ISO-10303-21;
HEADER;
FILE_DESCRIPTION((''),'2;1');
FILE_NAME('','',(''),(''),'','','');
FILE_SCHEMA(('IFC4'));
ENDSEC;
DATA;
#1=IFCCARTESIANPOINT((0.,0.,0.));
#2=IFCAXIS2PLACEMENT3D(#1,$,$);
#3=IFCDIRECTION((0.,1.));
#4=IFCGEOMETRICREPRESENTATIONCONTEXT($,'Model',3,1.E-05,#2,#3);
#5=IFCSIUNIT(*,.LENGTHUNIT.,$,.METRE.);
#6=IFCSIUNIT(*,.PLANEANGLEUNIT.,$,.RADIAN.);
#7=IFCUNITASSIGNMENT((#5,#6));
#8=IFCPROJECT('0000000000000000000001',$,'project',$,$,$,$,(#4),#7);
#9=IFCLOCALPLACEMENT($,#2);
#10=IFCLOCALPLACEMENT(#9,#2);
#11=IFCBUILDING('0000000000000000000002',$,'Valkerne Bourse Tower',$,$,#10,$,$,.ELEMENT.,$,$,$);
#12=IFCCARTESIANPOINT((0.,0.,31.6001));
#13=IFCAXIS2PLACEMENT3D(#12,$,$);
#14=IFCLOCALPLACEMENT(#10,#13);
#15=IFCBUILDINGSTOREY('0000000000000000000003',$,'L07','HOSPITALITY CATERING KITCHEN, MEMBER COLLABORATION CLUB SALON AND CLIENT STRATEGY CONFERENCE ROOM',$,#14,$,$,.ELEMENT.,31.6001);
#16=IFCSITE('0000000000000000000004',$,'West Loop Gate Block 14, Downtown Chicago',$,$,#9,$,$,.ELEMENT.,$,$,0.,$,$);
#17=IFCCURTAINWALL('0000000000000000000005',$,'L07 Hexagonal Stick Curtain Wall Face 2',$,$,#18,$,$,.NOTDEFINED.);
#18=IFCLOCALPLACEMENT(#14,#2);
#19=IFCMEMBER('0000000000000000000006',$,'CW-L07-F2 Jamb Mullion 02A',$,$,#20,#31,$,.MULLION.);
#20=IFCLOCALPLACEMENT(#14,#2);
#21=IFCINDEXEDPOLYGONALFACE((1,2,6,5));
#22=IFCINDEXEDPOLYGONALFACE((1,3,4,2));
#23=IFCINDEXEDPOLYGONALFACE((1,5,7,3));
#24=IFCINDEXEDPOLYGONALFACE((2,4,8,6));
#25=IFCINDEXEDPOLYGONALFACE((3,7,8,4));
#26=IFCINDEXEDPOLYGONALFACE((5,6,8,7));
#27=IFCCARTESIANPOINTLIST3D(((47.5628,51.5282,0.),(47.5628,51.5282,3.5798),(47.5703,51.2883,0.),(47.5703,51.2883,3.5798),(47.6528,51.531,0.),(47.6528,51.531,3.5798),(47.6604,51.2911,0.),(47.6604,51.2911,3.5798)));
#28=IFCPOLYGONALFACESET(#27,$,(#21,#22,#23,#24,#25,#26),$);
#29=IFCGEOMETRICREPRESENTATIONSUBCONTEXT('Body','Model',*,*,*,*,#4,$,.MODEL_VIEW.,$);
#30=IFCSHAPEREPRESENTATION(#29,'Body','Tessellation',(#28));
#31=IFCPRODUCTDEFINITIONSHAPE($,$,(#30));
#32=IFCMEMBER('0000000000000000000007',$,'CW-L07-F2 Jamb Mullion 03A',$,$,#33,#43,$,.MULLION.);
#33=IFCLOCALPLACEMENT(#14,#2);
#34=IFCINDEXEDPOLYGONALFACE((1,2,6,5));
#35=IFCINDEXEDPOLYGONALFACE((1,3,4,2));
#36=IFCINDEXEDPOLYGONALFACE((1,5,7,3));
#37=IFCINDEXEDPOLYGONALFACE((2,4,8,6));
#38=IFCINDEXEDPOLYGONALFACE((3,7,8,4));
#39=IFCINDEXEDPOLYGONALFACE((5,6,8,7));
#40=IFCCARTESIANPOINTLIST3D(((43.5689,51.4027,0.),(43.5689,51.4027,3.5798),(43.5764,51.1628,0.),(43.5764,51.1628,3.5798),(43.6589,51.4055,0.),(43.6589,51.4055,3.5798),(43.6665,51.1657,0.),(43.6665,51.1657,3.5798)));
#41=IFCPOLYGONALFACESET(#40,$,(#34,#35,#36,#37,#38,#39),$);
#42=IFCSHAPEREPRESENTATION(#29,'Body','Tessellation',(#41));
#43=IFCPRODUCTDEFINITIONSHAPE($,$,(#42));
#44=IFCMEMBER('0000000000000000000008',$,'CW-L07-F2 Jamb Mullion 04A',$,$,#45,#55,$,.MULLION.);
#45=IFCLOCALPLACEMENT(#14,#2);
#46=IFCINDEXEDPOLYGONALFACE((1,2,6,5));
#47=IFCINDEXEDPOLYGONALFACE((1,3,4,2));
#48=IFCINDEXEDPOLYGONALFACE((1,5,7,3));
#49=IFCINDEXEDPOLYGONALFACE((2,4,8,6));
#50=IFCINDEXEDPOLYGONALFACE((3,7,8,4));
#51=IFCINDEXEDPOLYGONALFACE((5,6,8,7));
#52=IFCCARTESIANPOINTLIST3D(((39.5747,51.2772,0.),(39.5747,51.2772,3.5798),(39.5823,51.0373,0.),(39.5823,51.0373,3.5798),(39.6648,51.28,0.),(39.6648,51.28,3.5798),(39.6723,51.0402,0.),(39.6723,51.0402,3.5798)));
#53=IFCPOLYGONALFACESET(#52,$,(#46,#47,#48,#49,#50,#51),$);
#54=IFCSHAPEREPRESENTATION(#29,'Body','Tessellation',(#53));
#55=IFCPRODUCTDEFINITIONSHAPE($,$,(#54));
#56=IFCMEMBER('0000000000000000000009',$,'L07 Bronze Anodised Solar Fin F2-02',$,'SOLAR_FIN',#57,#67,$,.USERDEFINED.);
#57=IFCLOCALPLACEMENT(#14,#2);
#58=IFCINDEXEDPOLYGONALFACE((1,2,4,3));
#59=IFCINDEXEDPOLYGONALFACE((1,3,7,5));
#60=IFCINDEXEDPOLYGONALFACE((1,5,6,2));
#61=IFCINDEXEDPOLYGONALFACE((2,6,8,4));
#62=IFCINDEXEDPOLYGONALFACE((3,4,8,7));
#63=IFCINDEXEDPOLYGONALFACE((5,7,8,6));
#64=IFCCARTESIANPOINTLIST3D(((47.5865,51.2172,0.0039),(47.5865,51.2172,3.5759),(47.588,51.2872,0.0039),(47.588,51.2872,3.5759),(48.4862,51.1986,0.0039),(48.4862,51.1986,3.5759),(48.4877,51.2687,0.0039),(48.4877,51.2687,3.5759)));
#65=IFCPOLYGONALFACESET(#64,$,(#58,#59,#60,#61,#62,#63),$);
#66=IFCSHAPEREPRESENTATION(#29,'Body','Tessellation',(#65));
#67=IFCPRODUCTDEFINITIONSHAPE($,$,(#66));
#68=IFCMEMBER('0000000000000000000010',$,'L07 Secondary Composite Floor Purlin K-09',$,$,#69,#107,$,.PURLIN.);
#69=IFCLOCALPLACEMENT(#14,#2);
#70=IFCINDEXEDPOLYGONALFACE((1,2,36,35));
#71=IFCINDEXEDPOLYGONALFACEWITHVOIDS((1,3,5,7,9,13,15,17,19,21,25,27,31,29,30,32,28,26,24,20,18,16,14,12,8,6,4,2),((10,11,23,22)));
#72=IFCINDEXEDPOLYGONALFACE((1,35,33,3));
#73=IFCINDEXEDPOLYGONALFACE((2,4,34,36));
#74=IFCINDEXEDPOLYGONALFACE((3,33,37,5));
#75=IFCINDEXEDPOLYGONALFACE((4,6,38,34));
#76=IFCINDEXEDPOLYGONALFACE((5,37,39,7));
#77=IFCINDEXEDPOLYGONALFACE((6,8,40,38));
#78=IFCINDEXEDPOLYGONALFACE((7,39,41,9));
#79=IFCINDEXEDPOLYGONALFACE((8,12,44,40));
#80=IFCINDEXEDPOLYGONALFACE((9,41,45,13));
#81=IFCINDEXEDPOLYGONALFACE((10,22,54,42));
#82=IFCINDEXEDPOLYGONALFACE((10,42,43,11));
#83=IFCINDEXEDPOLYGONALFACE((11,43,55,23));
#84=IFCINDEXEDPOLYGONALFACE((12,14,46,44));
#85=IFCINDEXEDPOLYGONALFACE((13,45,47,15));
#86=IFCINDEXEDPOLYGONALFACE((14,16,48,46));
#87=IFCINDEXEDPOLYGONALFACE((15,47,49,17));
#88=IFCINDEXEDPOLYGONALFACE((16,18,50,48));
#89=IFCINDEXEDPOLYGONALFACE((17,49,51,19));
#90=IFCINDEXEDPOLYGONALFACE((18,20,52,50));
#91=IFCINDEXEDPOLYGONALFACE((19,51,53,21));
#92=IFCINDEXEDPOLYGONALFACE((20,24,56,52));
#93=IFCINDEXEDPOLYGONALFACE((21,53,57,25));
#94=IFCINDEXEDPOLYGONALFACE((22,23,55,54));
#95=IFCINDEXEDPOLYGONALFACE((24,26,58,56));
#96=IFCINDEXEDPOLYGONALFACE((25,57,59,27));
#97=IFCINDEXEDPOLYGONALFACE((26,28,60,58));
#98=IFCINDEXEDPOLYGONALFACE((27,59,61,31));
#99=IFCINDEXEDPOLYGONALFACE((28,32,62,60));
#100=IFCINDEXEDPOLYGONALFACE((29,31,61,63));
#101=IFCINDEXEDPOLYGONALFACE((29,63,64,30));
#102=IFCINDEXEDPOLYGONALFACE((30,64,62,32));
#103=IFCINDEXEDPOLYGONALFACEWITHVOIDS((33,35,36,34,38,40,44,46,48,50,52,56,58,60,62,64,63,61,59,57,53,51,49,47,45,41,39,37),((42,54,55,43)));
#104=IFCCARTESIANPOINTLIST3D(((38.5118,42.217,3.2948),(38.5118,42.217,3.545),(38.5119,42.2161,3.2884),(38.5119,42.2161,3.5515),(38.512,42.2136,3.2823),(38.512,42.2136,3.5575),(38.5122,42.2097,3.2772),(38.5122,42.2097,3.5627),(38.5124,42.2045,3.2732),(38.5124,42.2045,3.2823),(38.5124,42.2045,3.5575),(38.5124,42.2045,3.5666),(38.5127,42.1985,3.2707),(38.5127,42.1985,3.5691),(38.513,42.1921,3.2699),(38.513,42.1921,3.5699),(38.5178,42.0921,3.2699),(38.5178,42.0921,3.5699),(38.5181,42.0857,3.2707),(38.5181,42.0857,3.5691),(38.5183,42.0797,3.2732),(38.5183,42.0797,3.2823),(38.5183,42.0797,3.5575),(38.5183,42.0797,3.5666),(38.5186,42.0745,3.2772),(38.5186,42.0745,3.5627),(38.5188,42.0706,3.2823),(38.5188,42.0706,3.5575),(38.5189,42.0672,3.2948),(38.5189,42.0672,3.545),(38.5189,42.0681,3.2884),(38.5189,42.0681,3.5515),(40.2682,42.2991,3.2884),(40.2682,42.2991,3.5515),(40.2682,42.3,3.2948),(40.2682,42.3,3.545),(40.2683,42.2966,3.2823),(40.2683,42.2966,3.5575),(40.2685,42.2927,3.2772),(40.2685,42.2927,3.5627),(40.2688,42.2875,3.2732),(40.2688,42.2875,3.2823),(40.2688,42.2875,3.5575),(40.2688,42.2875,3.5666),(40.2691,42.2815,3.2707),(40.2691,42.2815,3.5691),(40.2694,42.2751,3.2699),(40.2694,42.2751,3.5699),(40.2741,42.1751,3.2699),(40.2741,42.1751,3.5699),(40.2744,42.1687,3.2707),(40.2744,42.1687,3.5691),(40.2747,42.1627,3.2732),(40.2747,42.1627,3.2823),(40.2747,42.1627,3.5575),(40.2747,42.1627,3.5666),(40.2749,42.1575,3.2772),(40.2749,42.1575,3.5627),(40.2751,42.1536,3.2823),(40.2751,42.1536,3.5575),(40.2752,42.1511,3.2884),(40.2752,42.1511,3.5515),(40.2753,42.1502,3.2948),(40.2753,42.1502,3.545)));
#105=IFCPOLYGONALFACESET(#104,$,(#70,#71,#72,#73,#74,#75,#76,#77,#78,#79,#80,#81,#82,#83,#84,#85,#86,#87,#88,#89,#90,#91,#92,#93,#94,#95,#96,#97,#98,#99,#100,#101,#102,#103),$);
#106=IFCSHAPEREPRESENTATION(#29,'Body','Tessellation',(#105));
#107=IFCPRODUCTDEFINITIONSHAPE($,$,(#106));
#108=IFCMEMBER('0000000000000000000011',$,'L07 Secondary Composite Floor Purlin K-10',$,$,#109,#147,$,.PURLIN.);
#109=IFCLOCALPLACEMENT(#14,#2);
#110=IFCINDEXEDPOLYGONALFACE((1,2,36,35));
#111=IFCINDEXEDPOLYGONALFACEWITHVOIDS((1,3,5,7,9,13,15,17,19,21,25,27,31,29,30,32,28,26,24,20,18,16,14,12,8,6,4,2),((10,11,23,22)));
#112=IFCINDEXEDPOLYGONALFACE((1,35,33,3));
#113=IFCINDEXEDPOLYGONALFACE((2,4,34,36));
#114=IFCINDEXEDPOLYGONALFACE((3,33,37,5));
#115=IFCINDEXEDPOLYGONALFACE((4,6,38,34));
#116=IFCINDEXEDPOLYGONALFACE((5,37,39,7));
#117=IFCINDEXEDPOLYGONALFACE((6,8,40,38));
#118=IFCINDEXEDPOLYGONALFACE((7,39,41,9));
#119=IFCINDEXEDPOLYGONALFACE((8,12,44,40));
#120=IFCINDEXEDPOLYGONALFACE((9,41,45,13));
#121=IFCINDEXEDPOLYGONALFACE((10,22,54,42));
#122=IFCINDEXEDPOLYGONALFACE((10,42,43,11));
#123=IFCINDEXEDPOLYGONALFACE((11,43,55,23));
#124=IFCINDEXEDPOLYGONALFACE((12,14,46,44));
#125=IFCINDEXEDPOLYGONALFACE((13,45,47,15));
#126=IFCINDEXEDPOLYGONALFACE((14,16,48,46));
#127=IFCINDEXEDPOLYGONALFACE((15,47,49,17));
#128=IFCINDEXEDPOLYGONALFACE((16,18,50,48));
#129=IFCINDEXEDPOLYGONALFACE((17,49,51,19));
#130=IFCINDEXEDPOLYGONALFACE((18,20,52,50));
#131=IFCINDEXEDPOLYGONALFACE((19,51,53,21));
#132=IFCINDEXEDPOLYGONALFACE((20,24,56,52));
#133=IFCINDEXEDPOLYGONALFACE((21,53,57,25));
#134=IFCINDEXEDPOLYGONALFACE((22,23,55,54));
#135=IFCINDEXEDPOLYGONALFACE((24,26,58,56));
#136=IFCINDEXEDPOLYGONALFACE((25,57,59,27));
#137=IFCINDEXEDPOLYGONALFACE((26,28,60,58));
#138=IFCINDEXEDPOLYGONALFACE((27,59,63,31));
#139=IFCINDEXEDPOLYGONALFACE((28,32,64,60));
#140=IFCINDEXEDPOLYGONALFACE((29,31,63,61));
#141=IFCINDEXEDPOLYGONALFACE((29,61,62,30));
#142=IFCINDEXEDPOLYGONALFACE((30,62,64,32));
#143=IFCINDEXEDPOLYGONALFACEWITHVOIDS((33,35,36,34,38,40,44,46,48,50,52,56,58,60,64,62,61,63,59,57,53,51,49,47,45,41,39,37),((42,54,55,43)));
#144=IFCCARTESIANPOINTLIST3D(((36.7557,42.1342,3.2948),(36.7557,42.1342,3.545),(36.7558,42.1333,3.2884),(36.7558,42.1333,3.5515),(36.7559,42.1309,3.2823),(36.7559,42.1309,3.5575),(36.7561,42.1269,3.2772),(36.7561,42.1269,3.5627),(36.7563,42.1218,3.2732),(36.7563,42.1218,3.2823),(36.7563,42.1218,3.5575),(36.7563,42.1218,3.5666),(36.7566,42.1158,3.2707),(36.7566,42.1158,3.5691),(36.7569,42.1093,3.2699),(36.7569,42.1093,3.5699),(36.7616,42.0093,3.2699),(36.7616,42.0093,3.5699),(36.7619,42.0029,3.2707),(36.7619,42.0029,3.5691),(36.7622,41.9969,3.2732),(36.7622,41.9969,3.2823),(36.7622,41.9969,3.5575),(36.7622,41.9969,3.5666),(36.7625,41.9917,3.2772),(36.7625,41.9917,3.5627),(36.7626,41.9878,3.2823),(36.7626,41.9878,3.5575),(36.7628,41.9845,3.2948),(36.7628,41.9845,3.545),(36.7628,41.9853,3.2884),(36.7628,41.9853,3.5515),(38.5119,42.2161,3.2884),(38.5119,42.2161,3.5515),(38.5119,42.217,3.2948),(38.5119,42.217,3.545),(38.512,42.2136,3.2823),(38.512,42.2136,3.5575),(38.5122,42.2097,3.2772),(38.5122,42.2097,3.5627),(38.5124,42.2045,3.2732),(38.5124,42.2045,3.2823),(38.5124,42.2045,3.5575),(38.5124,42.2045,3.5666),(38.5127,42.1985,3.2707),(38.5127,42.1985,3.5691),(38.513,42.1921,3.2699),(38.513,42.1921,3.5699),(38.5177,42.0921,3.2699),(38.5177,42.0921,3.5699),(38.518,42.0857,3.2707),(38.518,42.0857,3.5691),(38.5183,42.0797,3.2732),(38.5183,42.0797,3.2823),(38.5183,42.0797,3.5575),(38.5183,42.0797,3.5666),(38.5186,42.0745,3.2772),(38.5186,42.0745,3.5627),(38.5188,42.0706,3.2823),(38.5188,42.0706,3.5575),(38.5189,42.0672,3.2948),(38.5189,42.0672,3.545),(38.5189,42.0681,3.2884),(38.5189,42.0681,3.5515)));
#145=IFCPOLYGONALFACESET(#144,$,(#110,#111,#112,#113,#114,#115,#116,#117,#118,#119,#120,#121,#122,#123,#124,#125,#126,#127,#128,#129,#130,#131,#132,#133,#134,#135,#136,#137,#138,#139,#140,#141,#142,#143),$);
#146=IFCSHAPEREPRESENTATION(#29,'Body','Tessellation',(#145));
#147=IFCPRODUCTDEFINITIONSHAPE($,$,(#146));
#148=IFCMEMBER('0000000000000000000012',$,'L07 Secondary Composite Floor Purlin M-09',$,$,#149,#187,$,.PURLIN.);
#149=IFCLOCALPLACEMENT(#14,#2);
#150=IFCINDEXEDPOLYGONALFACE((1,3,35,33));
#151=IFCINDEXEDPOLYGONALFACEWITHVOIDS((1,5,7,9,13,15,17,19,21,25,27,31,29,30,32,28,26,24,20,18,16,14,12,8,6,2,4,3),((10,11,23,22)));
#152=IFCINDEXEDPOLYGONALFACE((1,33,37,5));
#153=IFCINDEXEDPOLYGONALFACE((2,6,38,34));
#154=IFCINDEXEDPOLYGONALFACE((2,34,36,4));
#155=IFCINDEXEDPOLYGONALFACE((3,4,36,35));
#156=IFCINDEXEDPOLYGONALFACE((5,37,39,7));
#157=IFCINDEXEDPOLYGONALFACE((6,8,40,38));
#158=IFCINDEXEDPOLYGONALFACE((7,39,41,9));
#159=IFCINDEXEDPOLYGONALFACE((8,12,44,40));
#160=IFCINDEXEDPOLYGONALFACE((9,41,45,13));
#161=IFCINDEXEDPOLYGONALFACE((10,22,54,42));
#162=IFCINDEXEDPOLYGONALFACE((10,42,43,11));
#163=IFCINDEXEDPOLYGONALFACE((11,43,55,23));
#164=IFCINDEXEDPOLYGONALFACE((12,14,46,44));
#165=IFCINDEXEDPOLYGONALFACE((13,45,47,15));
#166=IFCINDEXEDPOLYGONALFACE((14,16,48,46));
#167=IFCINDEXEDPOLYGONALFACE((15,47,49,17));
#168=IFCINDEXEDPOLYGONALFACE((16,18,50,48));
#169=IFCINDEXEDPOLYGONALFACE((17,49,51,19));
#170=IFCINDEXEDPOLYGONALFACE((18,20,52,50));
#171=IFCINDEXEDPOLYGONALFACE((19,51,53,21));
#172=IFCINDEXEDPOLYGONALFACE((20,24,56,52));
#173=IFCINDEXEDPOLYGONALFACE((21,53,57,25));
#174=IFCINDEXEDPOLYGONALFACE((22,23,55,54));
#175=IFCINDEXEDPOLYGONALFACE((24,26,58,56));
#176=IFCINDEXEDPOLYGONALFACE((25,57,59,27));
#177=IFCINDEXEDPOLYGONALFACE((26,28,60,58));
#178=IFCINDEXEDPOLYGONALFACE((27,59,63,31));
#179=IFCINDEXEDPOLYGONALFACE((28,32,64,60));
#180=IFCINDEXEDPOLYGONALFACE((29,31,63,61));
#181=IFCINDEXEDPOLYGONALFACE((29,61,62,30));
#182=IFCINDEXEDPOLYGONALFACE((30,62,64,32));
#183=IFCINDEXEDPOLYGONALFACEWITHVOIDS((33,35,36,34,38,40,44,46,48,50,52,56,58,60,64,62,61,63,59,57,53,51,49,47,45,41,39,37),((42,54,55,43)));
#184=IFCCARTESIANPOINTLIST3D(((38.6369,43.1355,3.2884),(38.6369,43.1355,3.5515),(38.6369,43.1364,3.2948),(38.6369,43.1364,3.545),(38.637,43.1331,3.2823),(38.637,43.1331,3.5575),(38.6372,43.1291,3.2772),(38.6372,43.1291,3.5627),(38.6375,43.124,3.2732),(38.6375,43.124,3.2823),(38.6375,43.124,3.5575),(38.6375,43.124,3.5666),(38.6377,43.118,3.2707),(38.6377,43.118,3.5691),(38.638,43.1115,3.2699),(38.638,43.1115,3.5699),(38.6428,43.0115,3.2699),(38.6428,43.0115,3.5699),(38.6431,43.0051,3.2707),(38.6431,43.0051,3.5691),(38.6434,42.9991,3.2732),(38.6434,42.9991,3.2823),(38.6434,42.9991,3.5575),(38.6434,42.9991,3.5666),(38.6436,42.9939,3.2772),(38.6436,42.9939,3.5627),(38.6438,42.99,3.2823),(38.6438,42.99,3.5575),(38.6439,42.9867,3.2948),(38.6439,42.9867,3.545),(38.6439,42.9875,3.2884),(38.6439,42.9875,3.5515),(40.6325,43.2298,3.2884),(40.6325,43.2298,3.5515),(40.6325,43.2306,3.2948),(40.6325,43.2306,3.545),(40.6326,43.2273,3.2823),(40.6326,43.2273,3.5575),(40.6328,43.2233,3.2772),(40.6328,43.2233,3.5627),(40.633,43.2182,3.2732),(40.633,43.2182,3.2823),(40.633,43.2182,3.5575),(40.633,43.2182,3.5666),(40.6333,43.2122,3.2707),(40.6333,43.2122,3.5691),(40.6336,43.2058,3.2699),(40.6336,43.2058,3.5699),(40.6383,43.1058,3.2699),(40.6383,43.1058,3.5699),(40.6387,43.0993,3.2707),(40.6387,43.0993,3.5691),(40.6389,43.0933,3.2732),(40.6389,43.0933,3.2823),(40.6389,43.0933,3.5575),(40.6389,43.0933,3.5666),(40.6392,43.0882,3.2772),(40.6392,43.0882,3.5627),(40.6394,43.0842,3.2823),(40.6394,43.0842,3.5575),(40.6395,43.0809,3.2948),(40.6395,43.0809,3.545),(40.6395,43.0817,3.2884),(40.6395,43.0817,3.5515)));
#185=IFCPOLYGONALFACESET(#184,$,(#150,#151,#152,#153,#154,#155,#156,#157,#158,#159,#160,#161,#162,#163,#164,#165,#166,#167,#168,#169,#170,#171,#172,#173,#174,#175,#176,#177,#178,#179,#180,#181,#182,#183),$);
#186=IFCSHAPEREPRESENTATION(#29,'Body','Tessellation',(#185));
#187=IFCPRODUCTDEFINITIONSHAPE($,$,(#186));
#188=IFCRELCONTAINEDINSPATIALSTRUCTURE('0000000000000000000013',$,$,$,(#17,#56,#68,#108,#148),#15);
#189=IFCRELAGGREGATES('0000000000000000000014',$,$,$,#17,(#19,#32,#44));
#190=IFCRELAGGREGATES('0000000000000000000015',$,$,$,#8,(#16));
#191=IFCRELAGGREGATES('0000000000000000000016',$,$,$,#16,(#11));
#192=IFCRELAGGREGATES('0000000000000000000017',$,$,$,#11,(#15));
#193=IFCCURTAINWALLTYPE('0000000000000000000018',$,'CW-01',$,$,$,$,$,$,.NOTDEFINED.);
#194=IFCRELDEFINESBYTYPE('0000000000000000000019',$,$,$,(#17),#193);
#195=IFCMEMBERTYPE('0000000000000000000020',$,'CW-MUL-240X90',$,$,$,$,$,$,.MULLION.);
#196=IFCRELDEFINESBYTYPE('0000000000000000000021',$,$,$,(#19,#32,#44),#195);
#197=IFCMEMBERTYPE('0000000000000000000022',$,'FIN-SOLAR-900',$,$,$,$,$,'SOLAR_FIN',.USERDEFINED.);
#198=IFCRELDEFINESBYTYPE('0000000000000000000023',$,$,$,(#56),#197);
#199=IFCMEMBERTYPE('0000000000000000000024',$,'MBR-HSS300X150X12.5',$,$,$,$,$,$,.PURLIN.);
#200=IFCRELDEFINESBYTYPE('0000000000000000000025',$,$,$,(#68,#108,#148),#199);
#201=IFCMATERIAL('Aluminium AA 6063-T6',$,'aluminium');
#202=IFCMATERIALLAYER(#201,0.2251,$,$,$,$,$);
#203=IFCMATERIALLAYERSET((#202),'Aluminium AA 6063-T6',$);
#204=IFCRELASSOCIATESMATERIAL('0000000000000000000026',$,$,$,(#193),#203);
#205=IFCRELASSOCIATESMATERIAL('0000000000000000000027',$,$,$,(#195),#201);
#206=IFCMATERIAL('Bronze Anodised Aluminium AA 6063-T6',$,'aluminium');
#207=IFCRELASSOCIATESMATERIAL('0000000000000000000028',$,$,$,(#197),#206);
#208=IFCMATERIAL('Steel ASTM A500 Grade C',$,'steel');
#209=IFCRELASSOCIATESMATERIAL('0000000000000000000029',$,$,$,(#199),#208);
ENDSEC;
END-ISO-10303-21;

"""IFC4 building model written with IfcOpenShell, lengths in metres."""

from ifc_helpers import new_model, si_unit, direction, frame, origin, origin_2d, place, context, subcontext, project, spatial, rectangle, hollow_rectangle, extrude, material, layer, layer_set, material_profile, profile_set, type_object, element, aggregate, save


model = new_model("IFC4")

# Units and contexts
model_context = context("Model", 3, precision=1e-05, world=origin(), true_north=direction((0.0, 1.0)))
body_context = subcontext(model_context, "Body", "Model", "MODEL_VIEW")
ifc_project = project(units=[si_unit("LENGTHUNIT", "METRE"), si_unit("PLANEANGLEUNIT", "RADIAN")], contexts=[model_context])

# Site, building, storey
site_placement = place(None, origin())
site = spatial("IfcSite", under=ifc_project, at=site_placement, Name="West Loop Gate Block 14, Downtown Chicago", CompositionType="ELEMENT", RefElevation=0.0)
building_placement = place(site_placement, origin())
building = spatial("IfcBuilding", under=site, at=building_placement, Name="Valkerne Bourse Tower", CompositionType="ELEMENT")
storey_placement = place(building_placement, frame((0.0, 0.0, 31.6001)))
storey = spatial("IfcBuildingStorey", under=building, at=storey_placement, Name="L07", Description="HOSPITALITY CATERING KITCHEN, MEMBER COLLABORATION CLUB SALON AND CLIENT STRATEGY CONFERENCE ROOM", CompositionType="ELEMENT", Elevation=31.6001)

# Curtain wall, members
ifc_material_1 = material(Name="Aluminium AA 6063-T6", Category="aluminium")
ifc_layer_1 = layer(ifc_material_1, 0.2251)
ifc_layer_set_1 = layer_set([ifc_layer_1], Name="Aluminium AA 6063-T6")
curtain_wall_type = type_object("IfcCurtainWallType", Name="CW-01", PredefinedType="NOTDEFINED", material=ifc_layer_set_1)
curtain_wall_placement = place(storey_placement, origin())
curtain_wall = element("IfcCurtainWall", 1, at=curtain_wall_placement, inside=storey, type_object=curtain_wall_type, Name="L07 Hexagonal Stick Curtain Wall Face 2", PredefinedType="NOTDEFINED")
ifc_material_profile_1 = material_profile(ifc_material_1, rectangle(XDim=0.0901, YDim=0.24, at=origin_2d()), Name="CWM-90X240")
ifc_profile_set_1 = profile_set([ifc_material_profile_1], Name="Aluminium AA 6063-T6")
member_type_1 = type_object("IfcMemberType", Name="CW-MUL-240X90", PredefinedType="MULLION", material=ifc_profile_set_1)
member_1_placement = place(storey_placement, frame((47.6116, 51.4097, 0.0), z_axis=(0.0, 0.0, 1.0), x_axis=(-0.999507, -0.031407, 0.0)))
member_1 = element("IfcMember", 2, at=member_1_placement, type_object=member_type_1, Name="CW-L07-F2 Jamb Mullion 02A", PredefinedType="MULLION", context=body_context, shape_type="SweptSolid", body=[
    extrude(rectangle(XDim=0.0901, YDim=0.24, at=origin_2d()), origin(), (0.0, 0.0, 1.0), 3.5798),
])
member_2_placement = place(storey_placement, frame((43.6177, 51.2842, 0.0), z_axis=(0.0, 0.0, 1.0), x_axis=(-0.999507, -0.031407, 0.0)))
member_2 = element("IfcMember", 3, at=member_2_placement, type_object=member_type_1, Name="CW-L07-F2 Jamb Mullion 03A", PredefinedType="MULLION", context=body_context, shape_type="SweptSolid", body=[
    extrude(rectangle(XDim=0.0901, YDim=0.24, at=origin_2d()), origin(), (0.0, 0.0, 1.0), 3.5798),
])
member_3_placement = place(storey_placement, frame((39.6235, 51.1587, 0.0), z_axis=(0.0, 0.0, 1.0), x_axis=(-0.999507, -0.031407, 0.0)))
member_3 = element("IfcMember", 4, at=member_3_placement, type_object=member_type_1, Name="CW-L07-F2 Jamb Mullion 04A", PredefinedType="MULLION", context=body_context, shape_type="SweptSolid", body=[
    extrude(rectangle(XDim=0.0901, YDim=0.24, at=origin_2d()), origin(), (0.0, 0.0, 1.0), 3.5798),
])

# Members
ifc_material_2 = material(Name="Bronze Anodised Aluminium AA 6063-T6", Category="aluminium")
ifc_material_profile_2 = material_profile(ifc_material_2, rectangle(XDim=0.0701, YDim=0.8999, at=origin_2d()), Name="FIN-70X900")
ifc_profile_set_2 = profile_set([ifc_material_profile_2], Name="Bronze Anodised Aluminium AA 6063-T6")
member_type_2 = type_object("IfcMemberType", Name="FIN-SOLAR-900", ElementType="SOLAR_FIN", PredefinedType="USERDEFINED", material=ifc_profile_set_2)
member_4_placement = place(storey_placement, frame((48.0371, 51.2429, 0.0039), z_axis=(0.0, 0.0, 1.0), x_axis=(0.020639, 0.999787, 0.0)))
element("IfcMember", 5, at=member_4_placement, inside=storey, type_object=member_type_2, Name="L07 Bronze Anodised Solar Fin F2-02", ObjectType="SOLAR_FIN", PredefinedType="USERDEFINED", context=body_context, shape_type="SweptSolid", body=[
    extrude(rectangle(XDim=0.0701, YDim=0.8999, at=origin_2d()), origin(), (0.0, 0.0, 1.0), 3.572),
])
ifc_material_3 = material(Name="Steel ASTM A500 Grade C", Category="steel")
ifc_material_profile_3 = material_profile(ifc_material_3, hollow_rectangle(XDim=0.1499, YDim=0.3, WallThickness=0.0125, OuterFilletRadius=0.0249, at=origin_2d()), Name="HSS300X150X12.5")
ifc_profile_set_3 = profile_set([ifc_material_profile_3], Name="Steel ASTM A500 Grade C")
member_type_3 = type_object("IfcMemberType", Name="MBR-HSS300X150X12.5", PredefinedType="PURLIN", material=ifc_profile_set_3)
member_5_placement = place(storey_placement, frame((40.2717, 42.2251, 3.4199), z_axis=(-0.998885, -0.047209, 0.0), x_axis=(0.047209, -0.998885, 0.0)))
element("IfcMember", 6, at=member_5_placement, inside=storey, type_object=member_type_3, Name="L07 Secondary Composite Floor Purlin K-09", PredefinedType="PURLIN", context=body_context, shape_type="SweptSolid", body=[
    extrude(hollow_rectangle(XDim=0.1499, YDim=0.3, WallThickness=0.0125, OuterFilletRadius=0.0249, at=origin_2d()), origin(), (0.0, 0.0, 1.0), 1.7583),
])
member_6_placement = place(storey_placement, frame((38.5154, 42.1421, 3.4199), z_axis=(-0.998891, -0.047077, 0.0), x_axis=(0.047077, -0.998891, 0.0)))
element("IfcMember", 7, at=member_6_placement, inside=storey, type_object=member_type_3, Name="L07 Secondary Composite Floor Purlin K-10", PredefinedType="PURLIN", context=body_context, shape_type="SweptSolid", body=[
    extrude(hollow_rectangle(XDim=0.1499, YDim=0.3, WallThickness=0.0125, OuterFilletRadius=0.0249, at=origin_2d()), origin(), (0.0, 0.0, 1.0), 1.7581),
])
member_7_placement = place(storey_placement, frame((40.636, 43.1558, 3.4199), z_axis=(-0.998887, -0.04717, 0.0), x_axis=(0.04717, -0.998887, 0.0)))
element("IfcMember", 8, at=member_7_placement, inside=storey, type_object=member_type_3, Name="L07 Secondary Composite Floor Purlin M-09", PredefinedType="PURLIN", context=body_context, shape_type="SweptSolid", body=[
    extrude(hollow_rectangle(XDim=0.1499, YDim=0.3, WallThickness=0.0125, OuterFilletRadius=0.0249, at=origin_2d()), origin(), (0.0, 0.0, 1.0), 1.9978),
])

aggregate(curtain_wall, [member_1, member_2, member_3])

save(model, "model.ifc")
